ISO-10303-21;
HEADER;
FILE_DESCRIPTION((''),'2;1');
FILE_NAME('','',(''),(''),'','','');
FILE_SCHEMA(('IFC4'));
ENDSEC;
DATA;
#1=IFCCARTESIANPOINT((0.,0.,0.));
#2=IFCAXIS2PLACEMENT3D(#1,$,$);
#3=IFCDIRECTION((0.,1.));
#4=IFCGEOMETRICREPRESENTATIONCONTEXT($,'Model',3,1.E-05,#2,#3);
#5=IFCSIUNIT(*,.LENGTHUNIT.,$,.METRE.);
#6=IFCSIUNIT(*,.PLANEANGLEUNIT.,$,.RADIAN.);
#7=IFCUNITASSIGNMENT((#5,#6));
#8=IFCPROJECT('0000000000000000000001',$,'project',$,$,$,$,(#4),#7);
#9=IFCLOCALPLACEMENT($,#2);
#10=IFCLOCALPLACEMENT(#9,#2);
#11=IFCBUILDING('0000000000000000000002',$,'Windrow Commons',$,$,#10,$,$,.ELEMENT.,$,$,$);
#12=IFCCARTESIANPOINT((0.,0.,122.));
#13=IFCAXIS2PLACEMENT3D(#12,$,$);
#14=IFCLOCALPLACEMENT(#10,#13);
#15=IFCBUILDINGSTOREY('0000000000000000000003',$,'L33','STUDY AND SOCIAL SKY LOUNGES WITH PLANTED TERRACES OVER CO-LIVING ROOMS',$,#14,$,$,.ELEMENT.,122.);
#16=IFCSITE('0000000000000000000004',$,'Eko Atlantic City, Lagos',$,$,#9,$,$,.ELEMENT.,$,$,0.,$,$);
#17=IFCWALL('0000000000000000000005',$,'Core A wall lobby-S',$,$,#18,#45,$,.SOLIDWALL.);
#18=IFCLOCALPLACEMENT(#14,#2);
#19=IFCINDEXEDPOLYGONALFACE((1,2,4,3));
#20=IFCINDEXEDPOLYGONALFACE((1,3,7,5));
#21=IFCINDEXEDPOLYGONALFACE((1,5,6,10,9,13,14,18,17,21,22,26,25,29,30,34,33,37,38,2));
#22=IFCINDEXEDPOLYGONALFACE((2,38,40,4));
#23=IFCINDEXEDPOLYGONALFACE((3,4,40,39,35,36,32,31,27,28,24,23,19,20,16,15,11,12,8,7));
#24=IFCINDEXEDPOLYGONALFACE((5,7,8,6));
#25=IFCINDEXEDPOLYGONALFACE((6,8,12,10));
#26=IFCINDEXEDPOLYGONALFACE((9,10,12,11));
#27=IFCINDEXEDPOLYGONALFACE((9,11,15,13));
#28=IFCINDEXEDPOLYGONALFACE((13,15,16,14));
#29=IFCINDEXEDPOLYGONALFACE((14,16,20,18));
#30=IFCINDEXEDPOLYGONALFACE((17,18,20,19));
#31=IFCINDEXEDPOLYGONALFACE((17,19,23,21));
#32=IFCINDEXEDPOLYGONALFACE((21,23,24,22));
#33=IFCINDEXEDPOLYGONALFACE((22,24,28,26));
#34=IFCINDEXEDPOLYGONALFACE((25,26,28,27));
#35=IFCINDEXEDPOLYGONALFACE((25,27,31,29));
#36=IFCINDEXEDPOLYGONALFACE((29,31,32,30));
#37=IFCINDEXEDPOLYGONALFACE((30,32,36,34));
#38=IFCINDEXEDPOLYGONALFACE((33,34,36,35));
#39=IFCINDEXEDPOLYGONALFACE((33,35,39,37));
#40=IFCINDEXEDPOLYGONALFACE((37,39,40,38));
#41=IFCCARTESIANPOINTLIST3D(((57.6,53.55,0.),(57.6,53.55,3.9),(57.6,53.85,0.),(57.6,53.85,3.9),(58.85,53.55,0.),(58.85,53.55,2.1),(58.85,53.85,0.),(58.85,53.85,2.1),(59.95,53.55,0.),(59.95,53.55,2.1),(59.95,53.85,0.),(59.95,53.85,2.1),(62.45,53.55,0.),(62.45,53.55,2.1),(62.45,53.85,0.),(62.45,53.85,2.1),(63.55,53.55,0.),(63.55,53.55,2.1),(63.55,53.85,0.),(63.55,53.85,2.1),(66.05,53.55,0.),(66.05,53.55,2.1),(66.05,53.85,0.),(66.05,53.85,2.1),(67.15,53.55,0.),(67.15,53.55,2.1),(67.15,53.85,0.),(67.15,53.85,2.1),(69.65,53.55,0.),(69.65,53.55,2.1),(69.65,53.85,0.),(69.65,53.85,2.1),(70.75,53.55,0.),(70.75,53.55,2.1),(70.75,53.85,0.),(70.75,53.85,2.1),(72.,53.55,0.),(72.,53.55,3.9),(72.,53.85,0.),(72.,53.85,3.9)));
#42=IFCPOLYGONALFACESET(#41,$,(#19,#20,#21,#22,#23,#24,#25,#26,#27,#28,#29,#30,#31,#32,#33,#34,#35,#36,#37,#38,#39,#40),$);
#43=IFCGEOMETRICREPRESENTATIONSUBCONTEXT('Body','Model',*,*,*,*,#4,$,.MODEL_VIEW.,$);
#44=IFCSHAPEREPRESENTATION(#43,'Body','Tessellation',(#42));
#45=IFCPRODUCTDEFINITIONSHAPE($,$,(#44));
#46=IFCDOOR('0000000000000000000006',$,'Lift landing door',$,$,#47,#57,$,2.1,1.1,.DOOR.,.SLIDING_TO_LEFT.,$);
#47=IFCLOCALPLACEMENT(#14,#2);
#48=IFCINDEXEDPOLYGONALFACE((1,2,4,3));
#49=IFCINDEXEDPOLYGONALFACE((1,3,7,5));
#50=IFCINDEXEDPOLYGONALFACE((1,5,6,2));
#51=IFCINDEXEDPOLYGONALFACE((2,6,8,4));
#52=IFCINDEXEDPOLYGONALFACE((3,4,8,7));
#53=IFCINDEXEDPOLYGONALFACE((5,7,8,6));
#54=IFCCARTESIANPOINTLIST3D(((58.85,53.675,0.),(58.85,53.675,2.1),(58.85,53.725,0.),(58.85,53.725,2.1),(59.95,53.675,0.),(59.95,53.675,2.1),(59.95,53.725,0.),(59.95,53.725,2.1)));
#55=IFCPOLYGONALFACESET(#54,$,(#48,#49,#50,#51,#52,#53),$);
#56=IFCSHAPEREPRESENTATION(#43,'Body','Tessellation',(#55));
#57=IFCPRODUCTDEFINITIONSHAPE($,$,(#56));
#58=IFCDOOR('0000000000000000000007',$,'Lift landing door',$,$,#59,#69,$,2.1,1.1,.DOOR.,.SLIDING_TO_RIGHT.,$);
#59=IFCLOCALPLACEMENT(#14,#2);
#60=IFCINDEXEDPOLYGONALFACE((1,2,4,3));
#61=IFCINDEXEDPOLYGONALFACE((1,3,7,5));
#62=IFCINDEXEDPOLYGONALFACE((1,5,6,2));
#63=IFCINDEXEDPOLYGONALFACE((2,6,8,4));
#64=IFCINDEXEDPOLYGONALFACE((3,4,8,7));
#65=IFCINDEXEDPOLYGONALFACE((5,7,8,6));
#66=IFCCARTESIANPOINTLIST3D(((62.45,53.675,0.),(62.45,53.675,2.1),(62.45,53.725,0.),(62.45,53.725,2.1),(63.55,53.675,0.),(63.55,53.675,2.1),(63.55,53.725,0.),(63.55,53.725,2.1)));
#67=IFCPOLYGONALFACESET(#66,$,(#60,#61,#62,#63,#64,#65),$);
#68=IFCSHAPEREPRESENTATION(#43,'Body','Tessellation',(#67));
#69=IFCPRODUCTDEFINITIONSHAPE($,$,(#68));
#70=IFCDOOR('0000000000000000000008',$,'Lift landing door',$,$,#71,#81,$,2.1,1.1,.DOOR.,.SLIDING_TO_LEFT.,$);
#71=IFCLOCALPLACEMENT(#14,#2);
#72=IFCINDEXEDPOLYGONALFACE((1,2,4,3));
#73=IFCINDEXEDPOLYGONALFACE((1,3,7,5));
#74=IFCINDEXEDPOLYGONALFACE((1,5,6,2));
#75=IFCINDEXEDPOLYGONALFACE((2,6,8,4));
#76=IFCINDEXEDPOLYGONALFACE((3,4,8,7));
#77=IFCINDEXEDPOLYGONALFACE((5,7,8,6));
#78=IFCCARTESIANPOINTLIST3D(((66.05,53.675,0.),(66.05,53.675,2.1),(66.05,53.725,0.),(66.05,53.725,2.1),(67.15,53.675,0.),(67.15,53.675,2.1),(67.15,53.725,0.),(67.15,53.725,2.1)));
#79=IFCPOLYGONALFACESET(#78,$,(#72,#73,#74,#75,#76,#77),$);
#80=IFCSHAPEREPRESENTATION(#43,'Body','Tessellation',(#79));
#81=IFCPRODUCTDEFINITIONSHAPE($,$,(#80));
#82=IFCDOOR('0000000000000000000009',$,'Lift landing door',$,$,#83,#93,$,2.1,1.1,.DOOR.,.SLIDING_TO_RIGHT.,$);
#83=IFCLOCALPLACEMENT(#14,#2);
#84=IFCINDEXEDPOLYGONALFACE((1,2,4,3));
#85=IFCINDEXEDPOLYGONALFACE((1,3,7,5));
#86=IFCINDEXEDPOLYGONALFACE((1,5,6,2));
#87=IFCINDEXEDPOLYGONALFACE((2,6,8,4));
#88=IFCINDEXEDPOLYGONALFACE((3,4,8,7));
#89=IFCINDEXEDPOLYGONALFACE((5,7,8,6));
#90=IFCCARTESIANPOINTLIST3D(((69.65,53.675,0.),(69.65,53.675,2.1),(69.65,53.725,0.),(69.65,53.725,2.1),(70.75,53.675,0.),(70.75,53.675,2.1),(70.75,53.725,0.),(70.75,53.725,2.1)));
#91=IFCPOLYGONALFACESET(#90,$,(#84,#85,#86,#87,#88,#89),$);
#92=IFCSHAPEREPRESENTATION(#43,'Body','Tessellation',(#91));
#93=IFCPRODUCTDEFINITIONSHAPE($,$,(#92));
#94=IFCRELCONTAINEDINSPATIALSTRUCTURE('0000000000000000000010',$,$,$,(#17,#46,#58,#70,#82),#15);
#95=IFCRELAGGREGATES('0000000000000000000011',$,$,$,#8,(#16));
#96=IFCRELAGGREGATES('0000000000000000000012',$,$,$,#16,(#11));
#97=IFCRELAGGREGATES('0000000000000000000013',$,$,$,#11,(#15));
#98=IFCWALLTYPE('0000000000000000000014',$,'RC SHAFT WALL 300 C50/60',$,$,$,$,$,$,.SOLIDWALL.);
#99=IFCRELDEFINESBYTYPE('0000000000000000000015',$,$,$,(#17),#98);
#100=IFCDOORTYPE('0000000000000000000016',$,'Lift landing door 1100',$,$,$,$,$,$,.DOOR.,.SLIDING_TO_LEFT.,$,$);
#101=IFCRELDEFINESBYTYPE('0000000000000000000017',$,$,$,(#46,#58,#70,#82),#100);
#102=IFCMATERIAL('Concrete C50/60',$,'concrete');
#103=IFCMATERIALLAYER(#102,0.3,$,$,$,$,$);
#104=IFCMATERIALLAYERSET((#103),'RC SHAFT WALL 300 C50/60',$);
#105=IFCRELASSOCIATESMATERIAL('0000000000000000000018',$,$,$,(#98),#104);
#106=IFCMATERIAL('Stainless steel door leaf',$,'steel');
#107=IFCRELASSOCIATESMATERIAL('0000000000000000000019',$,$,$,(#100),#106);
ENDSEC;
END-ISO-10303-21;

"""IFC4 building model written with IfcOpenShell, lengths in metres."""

from ifc_helpers import new_model, si_unit, direction, frame, frame_2d, origin, place, context, subcontext, project, spatial, rectangle, extrude, material, layer, layer_set, type_object, element, fill, save


model = new_model("IFC4")

# Units and contexts
model_context = context("Model", 3, precision=1e-05, world=origin(), true_north=direction((0.0, 1.0)))
body_context = subcontext(model_context, "Body", "Model", "MODEL_VIEW")
ifc_project = project(units=[si_unit("LENGTHUNIT", "METRE"), si_unit("PLANEANGLEUNIT", "RADIAN")], contexts=[model_context])

# Site, building, storey
site_placement = place(None, origin())
site = spatial("IfcSite", under=ifc_project, at=site_placement, Name="Eko Atlantic City, Lagos", CompositionType="ELEMENT", RefElevation=0.0)
building_placement = place(site_placement, origin())
building = spatial("IfcBuilding", under=site, at=building_placement, Name="Windrow Commons", CompositionType="ELEMENT")
storey_placement = place(building_placement, frame((0.0, 0.0, 122.0)))
storey = spatial("IfcBuildingStorey", under=building, at=storey_placement, Name="L33", Description="STUDY AND SOCIAL SKY LOUNGES WITH PLANTED TERRACES OVER CO-LIVING ROOMS", CompositionType="ELEMENT", Elevation=122.0)

# Shared definitions
ifc_material_1 = material(Name="Concrete C50/60", Category="concrete")
ifc_layer_1 = layer(ifc_material_1, 0.3)
ifc_layer_set_1 = layer_set([ifc_layer_1], Name="RC SHAFT WALL 300 C50/60")
wall_type_1 = type_object("IfcWallType", Name="RC SHAFT WALL 300 C50/60", PredefinedType="SOLIDWALL", material=ifc_layer_set_1)

# Wall, openings, doors
wall_1_placement = place(storey_placement, frame((57.6, 53.7, 0.0), z_axis=(0.0, 0.0, 1.0), x_axis=(1.0, 0.0, 0.0)))
wall_1 = element("IfcWall", 1, at=wall_1_placement, inside=storey, type_object=wall_type_1, Name="Core A wall lobby-S", PredefinedType="SOLIDWALL", context=body_context, shape_type="SweptSolid", body=[
    extrude(rectangle(XDim=14.4, YDim=0.3, at=frame_2d((7.2, 0.0))), origin(), (0.0, 0.0, 1.0), 3.9),
])
opening_1_placement = place(wall_1_placement, frame((1.25, 0.0, 0.0)))
opening_1 = element("IfcOpeningElement", 2, at=opening_1_placement, cuts=wall_1, PredefinedType="OPENING", context=body_context, shape_type="SweptSolid", body=[
    extrude(rectangle(XDim=1.1, YDim=2.1, at=frame_2d((0.55, 1.05))), frame((0.0, 0.16, 0.0), z_axis=(0.0, -1.0, 0.0), x_axis=(1.0, 0.0, 0.0)), (0.0, 0.0, 1.0), 0.32),
])
opening_2_placement = place(wall_1_placement, frame((4.85, 0.0, 0.0)))
opening_2 = element("IfcOpeningElement", 3, at=opening_2_placement, cuts=wall_1, PredefinedType="OPENING", context=body_context, shape_type="SweptSolid", body=[
    extrude(rectangle(XDim=1.1, YDim=2.1, at=frame_2d((0.55, 1.05))), frame((0.0, 0.16, 0.0), z_axis=(0.0, -1.0, 0.0), x_axis=(1.0, 0.0, 0.0)), (0.0, 0.0, 1.0), 0.32),
])
opening_3_placement = place(wall_1_placement, frame((8.45, 0.0, 0.0)))
opening_3 = element("IfcOpeningElement", 4, at=opening_3_placement, cuts=wall_1, PredefinedType="OPENING", context=body_context, shape_type="SweptSolid", body=[
    extrude(rectangle(XDim=1.1, YDim=2.1, at=frame_2d((0.55, 1.05))), frame((0.0, 0.16, 0.0), z_axis=(0.0, -1.0, 0.0), x_axis=(1.0, 0.0, 0.0)), (0.0, 0.0, 1.0), 0.32),
])
opening_4_placement = place(wall_1_placement, frame((12.05, 0.0, 0.0)))
opening_4 = element("IfcOpeningElement", 5, at=opening_4_placement, cuts=wall_1, PredefinedType="OPENING", context=body_context, shape_type="SweptSolid", body=[
    extrude(rectangle(XDim=1.1, YDim=2.1, at=frame_2d((0.55, 1.05))), frame((0.0, 0.16, 0.0), z_axis=(0.0, -1.0, 0.0), x_axis=(1.0, 0.0, 0.0)), (0.0, 0.0, 1.0), 0.32),
])
ifc_material_2 = material(Name="Stainless steel door leaf", Category="steel")
door_type_1 = type_object("IfcDoorType", Name="Lift landing door 1100", OperationType="SLIDING_TO_LEFT", PredefinedType="DOOR", material=ifc_material_2)
door_1_placement = place(opening_1_placement, origin())
door_1 = element("IfcDoor", 6, at=door_1_placement, inside=storey, type_object=door_type_1, Name="Lift landing door", OperationType="SLIDING_TO_LEFT", OverallHeight=2.1, OverallWidth=1.1, PredefinedType="DOOR", context=body_context, shape_type="SweptSolid", body=[
    extrude(rectangle(XDim=1.1, YDim=2.1, at=frame_2d((0.55, 1.05))), frame((0.0, 0.025, 0.0), z_axis=(0.0, -1.0, 0.0), x_axis=(1.0, 0.0, 0.0)), (0.0, 0.0, 1.0), 0.05),
])
fill(opening_1, door_1)
door_2_placement = place(opening_2_placement, origin())
door_2 = element("IfcDoor", 7, at=door_2_placement, inside=storey, type_object=door_type_1, Name="Lift landing door", OperationType="SLIDING_TO_RIGHT", OverallHeight=2.1, OverallWidth=1.1, PredefinedType="DOOR", context=body_context, shape_type="SweptSolid", body=[
    extrude(rectangle(XDim=1.1, YDim=2.1, at=frame_2d((0.55, 1.05))), frame((0.0, 0.025, 0.0), z_axis=(0.0, -1.0, 0.0), x_axis=(1.0, 0.0, 0.0)), (0.0, 0.0, 1.0), 0.05),
])
fill(opening_2, door_2)
door_3_placement = place(opening_3_placement, origin())
door_3 = element("IfcDoor", 8, at=door_3_placement, inside=storey, type_object=door_type_1, Name="Lift landing door", OperationType="SLIDING_TO_LEFT", OverallHeight=2.1, OverallWidth=1.1, PredefinedType="DOOR", context=body_context, shape_type="SweptSolid", body=[
    extrude(rectangle(XDim=1.1, YDim=2.1, at=frame_2d((0.55, 1.05))), frame((0.0, 0.025, 0.0), z_axis=(0.0, -1.0, 0.0), x_axis=(1.0, 0.0, 0.0)), (0.0, 0.0, 1.0), 0.05),
])
fill(opening_3, door_3)
door_4_placement = place(opening_4_placement, origin())
door_4 = element("IfcDoor", 9, at=door_4_placement, inside=storey, type_object=door_type_1, Name="Lift landing door", OperationType="SLIDING_TO_RIGHT", OverallHeight=2.1, OverallWidth=1.1, PredefinedType="DOOR", context=body_context, shape_type="SweptSolid", body=[
    extrude(rectangle(XDim=1.1, YDim=2.1, at=frame_2d((0.55, 1.05))), frame((0.0, 0.025, 0.0), z_axis=(0.0, -1.0, 0.0), x_axis=(1.0, 0.0, 0.0)), (0.0, 0.0, 1.0), 0.05),
])
fill(opening_4, door_4)

save(model, "model.ifc")
